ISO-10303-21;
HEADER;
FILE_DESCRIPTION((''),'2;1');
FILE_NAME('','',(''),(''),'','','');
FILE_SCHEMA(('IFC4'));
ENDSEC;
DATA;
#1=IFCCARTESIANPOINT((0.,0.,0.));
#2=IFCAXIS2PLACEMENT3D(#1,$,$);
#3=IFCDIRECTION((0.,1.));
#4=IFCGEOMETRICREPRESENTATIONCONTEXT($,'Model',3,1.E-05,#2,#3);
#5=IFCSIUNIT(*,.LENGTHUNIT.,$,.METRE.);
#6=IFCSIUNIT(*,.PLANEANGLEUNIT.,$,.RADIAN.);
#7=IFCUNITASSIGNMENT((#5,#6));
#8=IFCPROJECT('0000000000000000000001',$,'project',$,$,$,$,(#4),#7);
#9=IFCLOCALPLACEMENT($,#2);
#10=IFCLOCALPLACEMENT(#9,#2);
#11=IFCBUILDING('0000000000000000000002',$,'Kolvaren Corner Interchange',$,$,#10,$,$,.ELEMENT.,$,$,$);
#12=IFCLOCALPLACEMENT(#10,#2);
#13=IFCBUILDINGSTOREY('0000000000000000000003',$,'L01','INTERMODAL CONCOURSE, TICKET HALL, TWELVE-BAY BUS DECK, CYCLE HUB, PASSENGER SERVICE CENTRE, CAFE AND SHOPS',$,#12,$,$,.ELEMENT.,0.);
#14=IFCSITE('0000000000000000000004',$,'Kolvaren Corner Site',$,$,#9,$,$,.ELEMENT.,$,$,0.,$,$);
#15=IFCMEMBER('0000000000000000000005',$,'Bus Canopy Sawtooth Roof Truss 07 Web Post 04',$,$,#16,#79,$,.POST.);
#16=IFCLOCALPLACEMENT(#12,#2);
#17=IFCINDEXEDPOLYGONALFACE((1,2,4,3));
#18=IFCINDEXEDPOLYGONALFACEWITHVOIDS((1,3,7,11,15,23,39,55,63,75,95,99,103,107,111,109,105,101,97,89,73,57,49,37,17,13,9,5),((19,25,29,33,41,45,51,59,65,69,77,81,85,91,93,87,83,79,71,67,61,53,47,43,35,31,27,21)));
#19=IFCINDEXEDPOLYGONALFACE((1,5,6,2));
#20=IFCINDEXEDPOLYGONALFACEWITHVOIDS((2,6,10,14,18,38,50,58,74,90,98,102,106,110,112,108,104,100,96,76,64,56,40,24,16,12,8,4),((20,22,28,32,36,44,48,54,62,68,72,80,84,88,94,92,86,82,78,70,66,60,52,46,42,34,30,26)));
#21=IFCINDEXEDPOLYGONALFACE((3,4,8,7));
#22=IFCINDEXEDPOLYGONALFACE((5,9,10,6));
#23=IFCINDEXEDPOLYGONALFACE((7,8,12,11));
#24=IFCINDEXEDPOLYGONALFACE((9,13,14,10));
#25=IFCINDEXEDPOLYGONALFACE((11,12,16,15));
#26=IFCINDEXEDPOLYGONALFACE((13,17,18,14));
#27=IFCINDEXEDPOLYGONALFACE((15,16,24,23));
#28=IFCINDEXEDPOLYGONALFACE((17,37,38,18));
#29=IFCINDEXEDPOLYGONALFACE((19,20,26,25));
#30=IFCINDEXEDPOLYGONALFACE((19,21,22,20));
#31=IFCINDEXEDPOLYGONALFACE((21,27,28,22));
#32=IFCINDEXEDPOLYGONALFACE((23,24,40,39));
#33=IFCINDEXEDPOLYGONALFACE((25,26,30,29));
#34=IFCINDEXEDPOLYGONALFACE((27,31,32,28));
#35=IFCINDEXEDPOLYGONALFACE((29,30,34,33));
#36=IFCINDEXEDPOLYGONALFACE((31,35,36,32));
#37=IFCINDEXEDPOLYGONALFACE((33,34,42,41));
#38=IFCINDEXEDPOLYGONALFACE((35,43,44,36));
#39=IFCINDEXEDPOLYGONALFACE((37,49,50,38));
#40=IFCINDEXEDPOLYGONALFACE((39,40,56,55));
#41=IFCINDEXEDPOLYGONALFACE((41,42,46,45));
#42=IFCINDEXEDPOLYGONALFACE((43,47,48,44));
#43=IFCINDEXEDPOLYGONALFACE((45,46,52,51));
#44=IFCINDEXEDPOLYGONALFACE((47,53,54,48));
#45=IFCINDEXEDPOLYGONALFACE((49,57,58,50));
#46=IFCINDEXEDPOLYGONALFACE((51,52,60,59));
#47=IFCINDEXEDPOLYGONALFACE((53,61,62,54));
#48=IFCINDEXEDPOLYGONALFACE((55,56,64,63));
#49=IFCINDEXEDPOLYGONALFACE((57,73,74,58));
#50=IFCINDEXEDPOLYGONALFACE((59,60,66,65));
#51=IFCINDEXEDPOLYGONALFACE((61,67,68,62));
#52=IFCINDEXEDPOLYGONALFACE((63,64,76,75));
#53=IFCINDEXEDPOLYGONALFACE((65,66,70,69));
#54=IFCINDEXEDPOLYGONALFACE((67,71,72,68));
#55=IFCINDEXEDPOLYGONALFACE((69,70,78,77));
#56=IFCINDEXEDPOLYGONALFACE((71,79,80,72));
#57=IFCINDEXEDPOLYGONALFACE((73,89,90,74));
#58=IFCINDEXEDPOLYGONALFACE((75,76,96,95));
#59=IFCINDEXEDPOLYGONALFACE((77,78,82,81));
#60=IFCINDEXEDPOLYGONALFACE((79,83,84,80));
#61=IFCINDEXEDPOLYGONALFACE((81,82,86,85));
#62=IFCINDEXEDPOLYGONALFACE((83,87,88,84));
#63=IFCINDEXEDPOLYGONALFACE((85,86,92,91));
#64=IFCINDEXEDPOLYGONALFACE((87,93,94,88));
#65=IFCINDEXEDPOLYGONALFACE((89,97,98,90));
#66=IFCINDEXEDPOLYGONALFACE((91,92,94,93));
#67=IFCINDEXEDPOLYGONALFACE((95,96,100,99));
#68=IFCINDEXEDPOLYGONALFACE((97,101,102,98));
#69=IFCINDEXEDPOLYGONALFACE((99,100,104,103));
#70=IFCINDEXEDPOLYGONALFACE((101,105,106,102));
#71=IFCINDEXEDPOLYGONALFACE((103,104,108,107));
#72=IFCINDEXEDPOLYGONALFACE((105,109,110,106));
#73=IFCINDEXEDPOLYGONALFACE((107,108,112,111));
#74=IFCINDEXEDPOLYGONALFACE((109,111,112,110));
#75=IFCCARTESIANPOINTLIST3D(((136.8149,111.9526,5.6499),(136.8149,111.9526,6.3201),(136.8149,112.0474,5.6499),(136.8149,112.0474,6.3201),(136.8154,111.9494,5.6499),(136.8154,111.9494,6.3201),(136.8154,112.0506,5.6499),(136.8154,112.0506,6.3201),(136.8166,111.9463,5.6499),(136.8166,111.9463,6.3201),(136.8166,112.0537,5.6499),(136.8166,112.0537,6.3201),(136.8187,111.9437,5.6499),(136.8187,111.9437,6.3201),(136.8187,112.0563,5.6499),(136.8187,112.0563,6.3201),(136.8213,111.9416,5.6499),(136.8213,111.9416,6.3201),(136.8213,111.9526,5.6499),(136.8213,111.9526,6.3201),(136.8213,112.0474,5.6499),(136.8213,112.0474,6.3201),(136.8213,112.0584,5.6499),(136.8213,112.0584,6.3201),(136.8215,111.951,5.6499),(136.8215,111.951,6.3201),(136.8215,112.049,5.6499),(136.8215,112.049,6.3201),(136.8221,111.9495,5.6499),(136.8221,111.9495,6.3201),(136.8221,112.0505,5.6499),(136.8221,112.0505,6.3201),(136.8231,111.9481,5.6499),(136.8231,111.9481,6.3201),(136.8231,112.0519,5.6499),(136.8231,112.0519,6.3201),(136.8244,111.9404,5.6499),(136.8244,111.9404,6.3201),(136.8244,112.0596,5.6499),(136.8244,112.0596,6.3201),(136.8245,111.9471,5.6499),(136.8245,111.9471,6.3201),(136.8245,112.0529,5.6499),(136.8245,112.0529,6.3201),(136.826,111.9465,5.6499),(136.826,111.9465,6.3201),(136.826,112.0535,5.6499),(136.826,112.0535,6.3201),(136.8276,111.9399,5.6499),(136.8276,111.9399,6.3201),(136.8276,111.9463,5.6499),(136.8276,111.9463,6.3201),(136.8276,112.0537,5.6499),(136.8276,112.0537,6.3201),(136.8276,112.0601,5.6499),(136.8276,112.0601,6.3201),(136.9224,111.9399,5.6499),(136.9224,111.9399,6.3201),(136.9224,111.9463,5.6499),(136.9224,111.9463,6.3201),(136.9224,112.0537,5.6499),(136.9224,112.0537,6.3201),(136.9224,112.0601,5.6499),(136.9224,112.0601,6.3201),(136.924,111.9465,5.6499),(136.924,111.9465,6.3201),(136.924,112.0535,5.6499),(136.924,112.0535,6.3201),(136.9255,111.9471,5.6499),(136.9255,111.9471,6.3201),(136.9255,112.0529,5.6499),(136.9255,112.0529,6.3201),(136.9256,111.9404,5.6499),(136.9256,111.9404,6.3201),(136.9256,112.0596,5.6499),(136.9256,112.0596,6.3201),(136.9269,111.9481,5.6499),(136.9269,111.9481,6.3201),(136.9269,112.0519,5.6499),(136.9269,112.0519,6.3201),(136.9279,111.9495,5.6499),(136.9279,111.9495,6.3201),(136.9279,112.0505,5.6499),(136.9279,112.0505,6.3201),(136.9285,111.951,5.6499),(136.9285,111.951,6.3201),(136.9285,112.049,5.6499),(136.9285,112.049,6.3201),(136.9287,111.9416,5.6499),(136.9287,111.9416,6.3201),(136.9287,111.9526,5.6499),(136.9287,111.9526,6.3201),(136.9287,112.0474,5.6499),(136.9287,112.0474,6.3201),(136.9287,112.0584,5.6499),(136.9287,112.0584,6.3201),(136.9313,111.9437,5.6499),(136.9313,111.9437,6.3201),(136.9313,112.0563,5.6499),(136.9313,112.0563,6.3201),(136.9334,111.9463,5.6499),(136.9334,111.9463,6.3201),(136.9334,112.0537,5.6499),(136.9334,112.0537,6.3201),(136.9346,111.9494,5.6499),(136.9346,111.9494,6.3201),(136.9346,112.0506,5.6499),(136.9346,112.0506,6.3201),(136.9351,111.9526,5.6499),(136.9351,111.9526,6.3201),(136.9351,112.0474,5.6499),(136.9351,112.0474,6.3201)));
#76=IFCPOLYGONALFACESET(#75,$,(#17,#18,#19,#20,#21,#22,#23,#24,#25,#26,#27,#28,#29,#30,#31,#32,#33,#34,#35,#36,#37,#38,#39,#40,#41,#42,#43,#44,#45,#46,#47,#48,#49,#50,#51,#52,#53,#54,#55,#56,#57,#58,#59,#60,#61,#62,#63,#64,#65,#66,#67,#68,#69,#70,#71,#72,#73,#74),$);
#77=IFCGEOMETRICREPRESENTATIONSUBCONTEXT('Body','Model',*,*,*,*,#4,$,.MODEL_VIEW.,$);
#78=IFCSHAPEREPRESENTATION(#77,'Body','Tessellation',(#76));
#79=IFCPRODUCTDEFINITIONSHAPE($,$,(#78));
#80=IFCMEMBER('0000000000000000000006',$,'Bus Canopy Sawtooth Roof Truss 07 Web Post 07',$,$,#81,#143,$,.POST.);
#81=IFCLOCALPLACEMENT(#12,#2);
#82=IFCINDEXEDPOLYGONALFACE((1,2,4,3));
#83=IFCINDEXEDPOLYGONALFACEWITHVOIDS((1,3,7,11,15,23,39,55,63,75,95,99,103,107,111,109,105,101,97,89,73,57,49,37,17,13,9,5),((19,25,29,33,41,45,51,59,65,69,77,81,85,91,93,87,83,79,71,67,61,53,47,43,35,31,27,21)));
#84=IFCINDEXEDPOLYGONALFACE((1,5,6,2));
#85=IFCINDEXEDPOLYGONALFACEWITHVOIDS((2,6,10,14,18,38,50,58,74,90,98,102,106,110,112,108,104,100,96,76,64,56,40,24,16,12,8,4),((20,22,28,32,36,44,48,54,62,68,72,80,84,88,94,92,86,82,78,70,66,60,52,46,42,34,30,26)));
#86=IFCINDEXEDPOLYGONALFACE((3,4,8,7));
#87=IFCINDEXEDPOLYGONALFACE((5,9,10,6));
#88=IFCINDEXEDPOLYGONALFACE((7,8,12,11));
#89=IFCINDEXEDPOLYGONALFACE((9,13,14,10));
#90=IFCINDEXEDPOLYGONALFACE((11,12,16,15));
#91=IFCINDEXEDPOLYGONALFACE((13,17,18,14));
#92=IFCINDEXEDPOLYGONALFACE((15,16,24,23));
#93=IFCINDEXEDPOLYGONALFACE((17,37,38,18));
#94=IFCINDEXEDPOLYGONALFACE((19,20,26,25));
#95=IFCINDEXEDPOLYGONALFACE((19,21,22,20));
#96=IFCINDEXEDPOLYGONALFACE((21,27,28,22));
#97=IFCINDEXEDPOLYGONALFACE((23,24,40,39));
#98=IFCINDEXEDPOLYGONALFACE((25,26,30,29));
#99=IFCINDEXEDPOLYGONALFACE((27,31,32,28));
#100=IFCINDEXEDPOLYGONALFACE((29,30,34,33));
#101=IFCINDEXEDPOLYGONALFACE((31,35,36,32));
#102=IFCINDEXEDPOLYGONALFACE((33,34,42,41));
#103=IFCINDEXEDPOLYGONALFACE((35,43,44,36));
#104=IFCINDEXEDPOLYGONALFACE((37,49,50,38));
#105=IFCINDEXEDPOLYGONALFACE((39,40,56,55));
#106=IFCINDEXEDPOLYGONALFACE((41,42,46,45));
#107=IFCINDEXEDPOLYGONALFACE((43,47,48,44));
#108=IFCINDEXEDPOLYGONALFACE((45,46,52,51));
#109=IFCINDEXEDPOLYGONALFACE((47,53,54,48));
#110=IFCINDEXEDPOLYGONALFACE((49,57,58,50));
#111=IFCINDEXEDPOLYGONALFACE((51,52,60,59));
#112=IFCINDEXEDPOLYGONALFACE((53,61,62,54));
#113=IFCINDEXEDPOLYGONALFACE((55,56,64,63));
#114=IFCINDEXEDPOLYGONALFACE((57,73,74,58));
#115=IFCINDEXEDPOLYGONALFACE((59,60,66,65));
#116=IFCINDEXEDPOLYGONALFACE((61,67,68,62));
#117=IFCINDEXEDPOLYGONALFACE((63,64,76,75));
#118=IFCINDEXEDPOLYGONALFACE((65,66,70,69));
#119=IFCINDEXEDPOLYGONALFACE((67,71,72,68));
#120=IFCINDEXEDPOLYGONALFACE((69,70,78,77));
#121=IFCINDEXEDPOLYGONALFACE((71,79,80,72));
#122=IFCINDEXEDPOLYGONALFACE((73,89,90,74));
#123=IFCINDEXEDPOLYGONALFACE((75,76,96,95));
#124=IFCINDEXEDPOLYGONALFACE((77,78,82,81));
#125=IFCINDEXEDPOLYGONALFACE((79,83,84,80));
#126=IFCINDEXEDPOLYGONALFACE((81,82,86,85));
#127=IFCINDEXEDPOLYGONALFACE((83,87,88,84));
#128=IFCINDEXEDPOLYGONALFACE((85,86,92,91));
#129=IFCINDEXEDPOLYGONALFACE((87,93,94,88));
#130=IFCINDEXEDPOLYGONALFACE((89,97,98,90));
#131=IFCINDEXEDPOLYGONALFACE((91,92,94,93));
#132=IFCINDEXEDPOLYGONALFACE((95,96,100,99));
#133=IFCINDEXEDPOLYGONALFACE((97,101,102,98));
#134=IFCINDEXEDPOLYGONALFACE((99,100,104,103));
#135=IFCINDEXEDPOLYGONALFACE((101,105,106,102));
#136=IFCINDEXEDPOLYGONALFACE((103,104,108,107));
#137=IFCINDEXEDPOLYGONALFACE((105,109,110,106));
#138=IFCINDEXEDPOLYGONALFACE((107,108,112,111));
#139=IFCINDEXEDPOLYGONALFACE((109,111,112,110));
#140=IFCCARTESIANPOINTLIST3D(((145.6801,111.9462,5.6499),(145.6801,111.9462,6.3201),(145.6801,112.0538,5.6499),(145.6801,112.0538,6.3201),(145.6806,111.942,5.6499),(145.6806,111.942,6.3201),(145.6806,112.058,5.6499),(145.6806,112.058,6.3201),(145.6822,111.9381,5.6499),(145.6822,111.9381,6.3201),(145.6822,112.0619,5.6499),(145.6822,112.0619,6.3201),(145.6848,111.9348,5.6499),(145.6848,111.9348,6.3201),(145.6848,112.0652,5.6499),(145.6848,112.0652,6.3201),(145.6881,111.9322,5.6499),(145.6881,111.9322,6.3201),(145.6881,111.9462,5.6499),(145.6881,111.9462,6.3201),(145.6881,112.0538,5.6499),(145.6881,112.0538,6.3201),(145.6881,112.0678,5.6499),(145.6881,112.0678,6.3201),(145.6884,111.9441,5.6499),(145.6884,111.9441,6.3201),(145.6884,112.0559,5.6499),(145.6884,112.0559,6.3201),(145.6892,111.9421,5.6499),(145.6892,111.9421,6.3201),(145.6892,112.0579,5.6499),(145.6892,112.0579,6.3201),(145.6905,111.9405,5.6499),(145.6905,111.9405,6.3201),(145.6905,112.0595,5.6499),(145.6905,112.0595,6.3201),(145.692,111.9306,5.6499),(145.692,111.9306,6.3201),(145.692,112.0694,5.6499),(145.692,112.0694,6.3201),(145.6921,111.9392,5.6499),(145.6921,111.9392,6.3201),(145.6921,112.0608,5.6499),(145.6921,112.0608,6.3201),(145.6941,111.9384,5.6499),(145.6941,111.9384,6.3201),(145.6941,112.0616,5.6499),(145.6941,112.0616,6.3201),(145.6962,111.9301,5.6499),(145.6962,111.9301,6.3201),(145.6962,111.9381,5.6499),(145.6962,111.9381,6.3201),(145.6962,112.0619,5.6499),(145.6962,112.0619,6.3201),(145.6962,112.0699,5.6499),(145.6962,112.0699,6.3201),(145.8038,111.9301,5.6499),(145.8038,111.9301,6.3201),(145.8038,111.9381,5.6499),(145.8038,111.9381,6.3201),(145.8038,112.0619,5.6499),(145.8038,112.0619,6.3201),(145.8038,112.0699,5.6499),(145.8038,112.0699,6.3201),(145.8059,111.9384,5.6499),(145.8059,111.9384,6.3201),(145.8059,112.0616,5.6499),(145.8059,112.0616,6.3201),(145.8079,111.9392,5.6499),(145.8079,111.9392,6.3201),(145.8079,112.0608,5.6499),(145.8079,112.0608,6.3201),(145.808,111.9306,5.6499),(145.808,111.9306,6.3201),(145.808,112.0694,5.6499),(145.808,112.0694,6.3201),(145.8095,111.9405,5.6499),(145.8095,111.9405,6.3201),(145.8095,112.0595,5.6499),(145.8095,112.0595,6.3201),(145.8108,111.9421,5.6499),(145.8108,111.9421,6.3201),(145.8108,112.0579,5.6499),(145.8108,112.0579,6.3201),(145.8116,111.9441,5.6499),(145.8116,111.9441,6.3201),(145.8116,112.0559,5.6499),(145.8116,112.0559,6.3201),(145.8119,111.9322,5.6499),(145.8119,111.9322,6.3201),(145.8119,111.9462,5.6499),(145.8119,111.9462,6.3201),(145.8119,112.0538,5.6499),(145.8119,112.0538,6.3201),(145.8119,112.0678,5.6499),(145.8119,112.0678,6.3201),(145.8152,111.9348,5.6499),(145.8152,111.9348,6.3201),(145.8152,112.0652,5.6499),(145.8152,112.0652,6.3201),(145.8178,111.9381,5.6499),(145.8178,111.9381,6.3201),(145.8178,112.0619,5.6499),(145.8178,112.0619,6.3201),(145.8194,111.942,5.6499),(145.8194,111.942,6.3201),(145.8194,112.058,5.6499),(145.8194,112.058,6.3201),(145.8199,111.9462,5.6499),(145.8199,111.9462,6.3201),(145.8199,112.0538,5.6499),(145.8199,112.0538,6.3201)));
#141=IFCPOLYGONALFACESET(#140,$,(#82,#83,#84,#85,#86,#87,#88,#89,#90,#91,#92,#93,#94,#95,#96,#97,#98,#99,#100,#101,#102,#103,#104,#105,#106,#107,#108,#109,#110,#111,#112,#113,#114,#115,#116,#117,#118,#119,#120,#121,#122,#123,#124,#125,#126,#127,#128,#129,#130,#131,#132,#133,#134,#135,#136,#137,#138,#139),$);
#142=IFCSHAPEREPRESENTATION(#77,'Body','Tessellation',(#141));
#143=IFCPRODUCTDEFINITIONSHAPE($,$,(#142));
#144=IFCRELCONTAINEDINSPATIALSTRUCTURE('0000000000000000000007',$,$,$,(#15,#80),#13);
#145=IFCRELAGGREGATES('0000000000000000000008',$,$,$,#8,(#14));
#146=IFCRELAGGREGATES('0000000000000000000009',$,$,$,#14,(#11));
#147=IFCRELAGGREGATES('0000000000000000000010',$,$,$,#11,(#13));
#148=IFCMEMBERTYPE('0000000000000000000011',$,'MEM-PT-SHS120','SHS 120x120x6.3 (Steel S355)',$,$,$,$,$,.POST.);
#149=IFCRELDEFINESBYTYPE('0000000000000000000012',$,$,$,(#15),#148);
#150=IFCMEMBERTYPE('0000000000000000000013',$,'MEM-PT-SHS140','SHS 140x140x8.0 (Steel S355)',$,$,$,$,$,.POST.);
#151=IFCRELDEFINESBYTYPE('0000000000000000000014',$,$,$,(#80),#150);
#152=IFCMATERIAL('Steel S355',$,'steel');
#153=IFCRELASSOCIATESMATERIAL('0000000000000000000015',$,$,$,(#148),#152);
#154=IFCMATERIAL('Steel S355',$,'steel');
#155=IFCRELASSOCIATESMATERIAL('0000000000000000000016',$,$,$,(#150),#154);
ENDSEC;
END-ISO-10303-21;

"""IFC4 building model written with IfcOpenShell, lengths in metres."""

from ifc_helpers import new_model, si_unit, direction, frame, origin, origin_2d, place, context, subcontext, project, spatial, hollow_rectangle, extrude, material, material_profile, profile_set, type_object, element, save


model = new_model("IFC4")

# Units and contexts
model_context = context("Model", 3, precision=1e-05, world=origin(), true_north=direction((0.0, 1.0)))
body_context = subcontext(model_context, "Body", "Model", "MODEL_VIEW")
ifc_project = project(units=[si_unit("LENGTHUNIT", "METRE"), si_unit("PLANEANGLEUNIT", "RADIAN")], contexts=[model_context])

# Site, building, storey
site_placement = place(None, origin())
site = spatial("IfcSite", under=ifc_project, at=site_placement, Name="Kolvaren Corner Site", CompositionType="ELEMENT", RefElevation=0.0)
building_placement = place(site_placement, origin())
building = spatial("IfcBuilding", under=site, at=building_placement, Name="Kolvaren Corner Interchange", CompositionType="ELEMENT")
storey_placement = place(building_placement, origin())
storey = spatial("IfcBuildingStorey", under=building, at=storey_placement, Name="L01", Description="INTERMODAL CONCOURSE, TICKET HALL, TWELVE-BAY BUS DECK, CYCLE HUB, PASSENGER SERVICE CENTRE, CAFE AND SHOPS", CompositionType="ELEMENT", Elevation=0.0)

# Members
ifc_material_1 = material(Name="Steel S355", Category="steel")
ifc_material_profile_1 = material_profile(ifc_material_1, hollow_rectangle(XDim=0.1201, YDim=0.1201, WallThickness=0.0063, InnerFilletRadius=0.0063, OuterFilletRadius=0.0127, at=origin_2d()), Name="SHS 120x120x6.3")
ifc_profile_set_1 = profile_set([ifc_material_profile_1], Name="Steel S355")
member_type_1 = type_object("IfcMemberType", Name="MEM-PT-SHS120", Description="SHS 120x120x6.3 (Steel S355)", PredefinedType="POST", material=ifc_profile_set_1)
member_1_placement = place(storey_placement, frame((136.875, 112.0, 5.6499), z_axis=(0.0, 0.0, 1.0), x_axis=(1.0, 0.0, 0.0)))
element("IfcMember", 1, at=member_1_placement, inside=storey, type_object=member_type_1, Name="Bus Canopy Sawtooth Roof Truss 07 Web Post 04", PredefinedType="POST", context=body_context, shape_type="SweptSolid", body=[
    extrude(hollow_rectangle(XDim=0.1201, YDim=0.1201, WallThickness=0.0063, InnerFilletRadius=0.0063, OuterFilletRadius=0.0127, at=origin_2d()), origin(), (0.0, 0.0, 1.0), 0.6702),
])
ifc_material_2 = material(Name="Steel S355", Category="steel")
ifc_material_profile_2 = material_profile(ifc_material_2, hollow_rectangle(XDim=0.1399, YDim=0.1399, WallThickness=0.0081, InnerFilletRadius=0.0081, OuterFilletRadius=0.0161, at=origin_2d()), Name="SHS 140x140x8.0")
ifc_profile_set_2 = profile_set([ifc_material_profile_2], Name="Steel S355")
member_type_2 = type_object("IfcMemberType", Name="MEM-PT-SHS140", Description="SHS 140x140x8.0 (Steel S355)", PredefinedType="POST", material=ifc_profile_set_2)
member_2_placement = place(storey_placement, frame((145.75, 112.0, 5.6499), z_axis=(0.0, 0.0, 1.0), x_axis=(1.0, 0.0, 0.0)))
element("IfcMember", 2, at=member_2_placement, inside=storey, type_object=member_type_2, Name="Bus Canopy Sawtooth Roof Truss 07 Web Post 07", PredefinedType="POST", context=body_context, shape_type="SweptSolid", body=[
    extrude(hollow_rectangle(XDim=0.1399, YDim=0.1399, WallThickness=0.0081, InnerFilletRadius=0.0081, OuterFilletRadius=0.0161, at=origin_2d()), origin(), (0.0, 0.0, 1.0), 0.6702),
])

save(model, "model.ifc")
